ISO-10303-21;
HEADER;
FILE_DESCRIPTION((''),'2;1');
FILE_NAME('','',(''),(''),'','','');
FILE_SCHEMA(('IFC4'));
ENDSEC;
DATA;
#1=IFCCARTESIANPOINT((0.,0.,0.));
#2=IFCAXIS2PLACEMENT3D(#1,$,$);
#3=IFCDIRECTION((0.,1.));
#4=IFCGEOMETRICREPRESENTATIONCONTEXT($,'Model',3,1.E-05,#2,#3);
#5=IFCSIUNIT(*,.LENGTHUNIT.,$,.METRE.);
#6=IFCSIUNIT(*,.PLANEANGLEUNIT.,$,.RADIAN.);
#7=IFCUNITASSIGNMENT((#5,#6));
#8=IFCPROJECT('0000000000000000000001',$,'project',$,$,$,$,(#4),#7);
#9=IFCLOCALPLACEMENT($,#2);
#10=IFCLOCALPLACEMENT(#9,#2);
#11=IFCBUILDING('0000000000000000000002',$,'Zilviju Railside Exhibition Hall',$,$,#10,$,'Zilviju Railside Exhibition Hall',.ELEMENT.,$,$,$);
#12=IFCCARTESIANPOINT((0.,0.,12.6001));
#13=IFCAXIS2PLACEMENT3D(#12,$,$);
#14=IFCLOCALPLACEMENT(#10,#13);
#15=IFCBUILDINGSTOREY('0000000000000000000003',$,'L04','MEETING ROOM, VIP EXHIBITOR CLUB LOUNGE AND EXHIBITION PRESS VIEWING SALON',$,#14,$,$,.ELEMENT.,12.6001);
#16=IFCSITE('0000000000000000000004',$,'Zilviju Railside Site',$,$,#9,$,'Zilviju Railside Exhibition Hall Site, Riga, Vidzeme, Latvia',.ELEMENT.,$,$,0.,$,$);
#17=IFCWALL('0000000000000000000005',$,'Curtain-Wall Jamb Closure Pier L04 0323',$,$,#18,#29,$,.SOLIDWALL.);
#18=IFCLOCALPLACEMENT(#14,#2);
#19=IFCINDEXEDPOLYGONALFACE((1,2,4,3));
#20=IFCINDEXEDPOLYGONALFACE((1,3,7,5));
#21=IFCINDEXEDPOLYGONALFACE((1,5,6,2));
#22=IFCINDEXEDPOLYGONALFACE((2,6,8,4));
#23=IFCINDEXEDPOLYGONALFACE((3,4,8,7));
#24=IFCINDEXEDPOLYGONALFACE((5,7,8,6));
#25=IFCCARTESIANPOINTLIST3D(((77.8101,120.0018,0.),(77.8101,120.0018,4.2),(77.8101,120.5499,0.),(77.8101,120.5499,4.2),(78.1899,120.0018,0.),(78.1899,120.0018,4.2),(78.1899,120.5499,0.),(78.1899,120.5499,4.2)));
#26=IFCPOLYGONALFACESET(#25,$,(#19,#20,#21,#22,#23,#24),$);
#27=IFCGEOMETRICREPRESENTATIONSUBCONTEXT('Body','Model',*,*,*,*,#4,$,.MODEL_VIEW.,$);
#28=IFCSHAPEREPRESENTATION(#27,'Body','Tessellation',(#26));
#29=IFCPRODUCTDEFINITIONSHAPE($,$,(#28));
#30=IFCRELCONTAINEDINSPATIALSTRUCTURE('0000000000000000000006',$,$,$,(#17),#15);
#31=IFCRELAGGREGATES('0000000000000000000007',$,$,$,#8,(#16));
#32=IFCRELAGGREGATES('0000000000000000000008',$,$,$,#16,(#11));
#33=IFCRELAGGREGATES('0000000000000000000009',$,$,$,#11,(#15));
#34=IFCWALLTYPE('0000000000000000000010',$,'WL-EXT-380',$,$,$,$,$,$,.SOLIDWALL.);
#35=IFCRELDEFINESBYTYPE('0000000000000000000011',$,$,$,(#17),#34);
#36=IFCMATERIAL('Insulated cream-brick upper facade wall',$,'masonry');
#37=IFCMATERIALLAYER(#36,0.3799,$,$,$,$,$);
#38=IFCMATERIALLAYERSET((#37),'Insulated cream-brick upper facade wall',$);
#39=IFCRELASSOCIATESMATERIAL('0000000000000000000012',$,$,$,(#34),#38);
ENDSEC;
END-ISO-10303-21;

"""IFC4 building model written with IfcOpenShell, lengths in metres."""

from ifc_helpers import new_model, si_unit, direction, frame, frame_2d, origin, place, context, subcontext, project, spatial, rectangle, extrude, material, layer, layer_set, type_object, element, save


model = new_model("IFC4")

# Units and contexts
model_context = context("Model", 3, precision=1e-05, world=origin(), true_north=direction((0.0, 1.0)))
body_context = subcontext(model_context, "Body", "Model", "MODEL_VIEW")
ifc_project = project(units=[si_unit("LENGTHUNIT", "METRE"), si_unit("PLANEANGLEUNIT", "RADIAN")], contexts=[model_context])

# Site, building, storey
site_placement = place(None, origin())
site = spatial("IfcSite", under=ifc_project, at=site_placement, Name="Zilviju Railside Site", LongName="Zilviju Railside Exhibition Hall Site, Riga, Vidzeme, Latvia", CompositionType="ELEMENT", RefElevation=0.0)
building_placement = place(site_placement, origin())
building = spatial("IfcBuilding", under=site, at=building_placement, Name="Zilviju Railside Exhibition Hall", LongName="Zilviju Railside Exhibition Hall", CompositionType="ELEMENT")
storey_placement = place(building_placement, frame((0.0, 0.0, 12.6001)))
storey = spatial("IfcBuildingStorey", under=building, at=storey_placement, Name="L04", Description="MEETING ROOM, VIP EXHIBITOR CLUB LOUNGE AND EXHIBITION PRESS VIEWING SALON", CompositionType="ELEMENT", Elevation=12.6001)

# Wall
ifc_material_1 = material(Name="Insulated cream-brick upper facade wall", Category="masonry")
ifc_layer_1 = layer(ifc_material_1, 0.3799)
ifc_layer_set_1 = layer_set([ifc_layer_1], Name="Insulated cream-brick upper facade wall")
wall_type = type_object("IfcWallType", Name="WL-EXT-380", PredefinedType="SOLIDWALL", material=ifc_layer_set_1)
wall_1_placement = place(storey_placement, frame((78.0, 120.002, 0.0), z_axis=(0.0, 0.0, 1.0), x_axis=(0.0, 1.0, 0.0)))
element("IfcWall", 1, at=wall_1_placement, inside=storey, type_object=wall_type, Name="Curtain-Wall Jamb Closure Pier L04 0323", PredefinedType="SOLIDWALL", context=body_context, shape_type="SweptSolid", body=[
    extrude(rectangle(XDim=0.5481, YDim=0.3799, at=frame_2d((0.2739, 0.0))), origin(), (0.0, 0.0, 1.0), 4.2),
])

save(model, "model.ifc")
